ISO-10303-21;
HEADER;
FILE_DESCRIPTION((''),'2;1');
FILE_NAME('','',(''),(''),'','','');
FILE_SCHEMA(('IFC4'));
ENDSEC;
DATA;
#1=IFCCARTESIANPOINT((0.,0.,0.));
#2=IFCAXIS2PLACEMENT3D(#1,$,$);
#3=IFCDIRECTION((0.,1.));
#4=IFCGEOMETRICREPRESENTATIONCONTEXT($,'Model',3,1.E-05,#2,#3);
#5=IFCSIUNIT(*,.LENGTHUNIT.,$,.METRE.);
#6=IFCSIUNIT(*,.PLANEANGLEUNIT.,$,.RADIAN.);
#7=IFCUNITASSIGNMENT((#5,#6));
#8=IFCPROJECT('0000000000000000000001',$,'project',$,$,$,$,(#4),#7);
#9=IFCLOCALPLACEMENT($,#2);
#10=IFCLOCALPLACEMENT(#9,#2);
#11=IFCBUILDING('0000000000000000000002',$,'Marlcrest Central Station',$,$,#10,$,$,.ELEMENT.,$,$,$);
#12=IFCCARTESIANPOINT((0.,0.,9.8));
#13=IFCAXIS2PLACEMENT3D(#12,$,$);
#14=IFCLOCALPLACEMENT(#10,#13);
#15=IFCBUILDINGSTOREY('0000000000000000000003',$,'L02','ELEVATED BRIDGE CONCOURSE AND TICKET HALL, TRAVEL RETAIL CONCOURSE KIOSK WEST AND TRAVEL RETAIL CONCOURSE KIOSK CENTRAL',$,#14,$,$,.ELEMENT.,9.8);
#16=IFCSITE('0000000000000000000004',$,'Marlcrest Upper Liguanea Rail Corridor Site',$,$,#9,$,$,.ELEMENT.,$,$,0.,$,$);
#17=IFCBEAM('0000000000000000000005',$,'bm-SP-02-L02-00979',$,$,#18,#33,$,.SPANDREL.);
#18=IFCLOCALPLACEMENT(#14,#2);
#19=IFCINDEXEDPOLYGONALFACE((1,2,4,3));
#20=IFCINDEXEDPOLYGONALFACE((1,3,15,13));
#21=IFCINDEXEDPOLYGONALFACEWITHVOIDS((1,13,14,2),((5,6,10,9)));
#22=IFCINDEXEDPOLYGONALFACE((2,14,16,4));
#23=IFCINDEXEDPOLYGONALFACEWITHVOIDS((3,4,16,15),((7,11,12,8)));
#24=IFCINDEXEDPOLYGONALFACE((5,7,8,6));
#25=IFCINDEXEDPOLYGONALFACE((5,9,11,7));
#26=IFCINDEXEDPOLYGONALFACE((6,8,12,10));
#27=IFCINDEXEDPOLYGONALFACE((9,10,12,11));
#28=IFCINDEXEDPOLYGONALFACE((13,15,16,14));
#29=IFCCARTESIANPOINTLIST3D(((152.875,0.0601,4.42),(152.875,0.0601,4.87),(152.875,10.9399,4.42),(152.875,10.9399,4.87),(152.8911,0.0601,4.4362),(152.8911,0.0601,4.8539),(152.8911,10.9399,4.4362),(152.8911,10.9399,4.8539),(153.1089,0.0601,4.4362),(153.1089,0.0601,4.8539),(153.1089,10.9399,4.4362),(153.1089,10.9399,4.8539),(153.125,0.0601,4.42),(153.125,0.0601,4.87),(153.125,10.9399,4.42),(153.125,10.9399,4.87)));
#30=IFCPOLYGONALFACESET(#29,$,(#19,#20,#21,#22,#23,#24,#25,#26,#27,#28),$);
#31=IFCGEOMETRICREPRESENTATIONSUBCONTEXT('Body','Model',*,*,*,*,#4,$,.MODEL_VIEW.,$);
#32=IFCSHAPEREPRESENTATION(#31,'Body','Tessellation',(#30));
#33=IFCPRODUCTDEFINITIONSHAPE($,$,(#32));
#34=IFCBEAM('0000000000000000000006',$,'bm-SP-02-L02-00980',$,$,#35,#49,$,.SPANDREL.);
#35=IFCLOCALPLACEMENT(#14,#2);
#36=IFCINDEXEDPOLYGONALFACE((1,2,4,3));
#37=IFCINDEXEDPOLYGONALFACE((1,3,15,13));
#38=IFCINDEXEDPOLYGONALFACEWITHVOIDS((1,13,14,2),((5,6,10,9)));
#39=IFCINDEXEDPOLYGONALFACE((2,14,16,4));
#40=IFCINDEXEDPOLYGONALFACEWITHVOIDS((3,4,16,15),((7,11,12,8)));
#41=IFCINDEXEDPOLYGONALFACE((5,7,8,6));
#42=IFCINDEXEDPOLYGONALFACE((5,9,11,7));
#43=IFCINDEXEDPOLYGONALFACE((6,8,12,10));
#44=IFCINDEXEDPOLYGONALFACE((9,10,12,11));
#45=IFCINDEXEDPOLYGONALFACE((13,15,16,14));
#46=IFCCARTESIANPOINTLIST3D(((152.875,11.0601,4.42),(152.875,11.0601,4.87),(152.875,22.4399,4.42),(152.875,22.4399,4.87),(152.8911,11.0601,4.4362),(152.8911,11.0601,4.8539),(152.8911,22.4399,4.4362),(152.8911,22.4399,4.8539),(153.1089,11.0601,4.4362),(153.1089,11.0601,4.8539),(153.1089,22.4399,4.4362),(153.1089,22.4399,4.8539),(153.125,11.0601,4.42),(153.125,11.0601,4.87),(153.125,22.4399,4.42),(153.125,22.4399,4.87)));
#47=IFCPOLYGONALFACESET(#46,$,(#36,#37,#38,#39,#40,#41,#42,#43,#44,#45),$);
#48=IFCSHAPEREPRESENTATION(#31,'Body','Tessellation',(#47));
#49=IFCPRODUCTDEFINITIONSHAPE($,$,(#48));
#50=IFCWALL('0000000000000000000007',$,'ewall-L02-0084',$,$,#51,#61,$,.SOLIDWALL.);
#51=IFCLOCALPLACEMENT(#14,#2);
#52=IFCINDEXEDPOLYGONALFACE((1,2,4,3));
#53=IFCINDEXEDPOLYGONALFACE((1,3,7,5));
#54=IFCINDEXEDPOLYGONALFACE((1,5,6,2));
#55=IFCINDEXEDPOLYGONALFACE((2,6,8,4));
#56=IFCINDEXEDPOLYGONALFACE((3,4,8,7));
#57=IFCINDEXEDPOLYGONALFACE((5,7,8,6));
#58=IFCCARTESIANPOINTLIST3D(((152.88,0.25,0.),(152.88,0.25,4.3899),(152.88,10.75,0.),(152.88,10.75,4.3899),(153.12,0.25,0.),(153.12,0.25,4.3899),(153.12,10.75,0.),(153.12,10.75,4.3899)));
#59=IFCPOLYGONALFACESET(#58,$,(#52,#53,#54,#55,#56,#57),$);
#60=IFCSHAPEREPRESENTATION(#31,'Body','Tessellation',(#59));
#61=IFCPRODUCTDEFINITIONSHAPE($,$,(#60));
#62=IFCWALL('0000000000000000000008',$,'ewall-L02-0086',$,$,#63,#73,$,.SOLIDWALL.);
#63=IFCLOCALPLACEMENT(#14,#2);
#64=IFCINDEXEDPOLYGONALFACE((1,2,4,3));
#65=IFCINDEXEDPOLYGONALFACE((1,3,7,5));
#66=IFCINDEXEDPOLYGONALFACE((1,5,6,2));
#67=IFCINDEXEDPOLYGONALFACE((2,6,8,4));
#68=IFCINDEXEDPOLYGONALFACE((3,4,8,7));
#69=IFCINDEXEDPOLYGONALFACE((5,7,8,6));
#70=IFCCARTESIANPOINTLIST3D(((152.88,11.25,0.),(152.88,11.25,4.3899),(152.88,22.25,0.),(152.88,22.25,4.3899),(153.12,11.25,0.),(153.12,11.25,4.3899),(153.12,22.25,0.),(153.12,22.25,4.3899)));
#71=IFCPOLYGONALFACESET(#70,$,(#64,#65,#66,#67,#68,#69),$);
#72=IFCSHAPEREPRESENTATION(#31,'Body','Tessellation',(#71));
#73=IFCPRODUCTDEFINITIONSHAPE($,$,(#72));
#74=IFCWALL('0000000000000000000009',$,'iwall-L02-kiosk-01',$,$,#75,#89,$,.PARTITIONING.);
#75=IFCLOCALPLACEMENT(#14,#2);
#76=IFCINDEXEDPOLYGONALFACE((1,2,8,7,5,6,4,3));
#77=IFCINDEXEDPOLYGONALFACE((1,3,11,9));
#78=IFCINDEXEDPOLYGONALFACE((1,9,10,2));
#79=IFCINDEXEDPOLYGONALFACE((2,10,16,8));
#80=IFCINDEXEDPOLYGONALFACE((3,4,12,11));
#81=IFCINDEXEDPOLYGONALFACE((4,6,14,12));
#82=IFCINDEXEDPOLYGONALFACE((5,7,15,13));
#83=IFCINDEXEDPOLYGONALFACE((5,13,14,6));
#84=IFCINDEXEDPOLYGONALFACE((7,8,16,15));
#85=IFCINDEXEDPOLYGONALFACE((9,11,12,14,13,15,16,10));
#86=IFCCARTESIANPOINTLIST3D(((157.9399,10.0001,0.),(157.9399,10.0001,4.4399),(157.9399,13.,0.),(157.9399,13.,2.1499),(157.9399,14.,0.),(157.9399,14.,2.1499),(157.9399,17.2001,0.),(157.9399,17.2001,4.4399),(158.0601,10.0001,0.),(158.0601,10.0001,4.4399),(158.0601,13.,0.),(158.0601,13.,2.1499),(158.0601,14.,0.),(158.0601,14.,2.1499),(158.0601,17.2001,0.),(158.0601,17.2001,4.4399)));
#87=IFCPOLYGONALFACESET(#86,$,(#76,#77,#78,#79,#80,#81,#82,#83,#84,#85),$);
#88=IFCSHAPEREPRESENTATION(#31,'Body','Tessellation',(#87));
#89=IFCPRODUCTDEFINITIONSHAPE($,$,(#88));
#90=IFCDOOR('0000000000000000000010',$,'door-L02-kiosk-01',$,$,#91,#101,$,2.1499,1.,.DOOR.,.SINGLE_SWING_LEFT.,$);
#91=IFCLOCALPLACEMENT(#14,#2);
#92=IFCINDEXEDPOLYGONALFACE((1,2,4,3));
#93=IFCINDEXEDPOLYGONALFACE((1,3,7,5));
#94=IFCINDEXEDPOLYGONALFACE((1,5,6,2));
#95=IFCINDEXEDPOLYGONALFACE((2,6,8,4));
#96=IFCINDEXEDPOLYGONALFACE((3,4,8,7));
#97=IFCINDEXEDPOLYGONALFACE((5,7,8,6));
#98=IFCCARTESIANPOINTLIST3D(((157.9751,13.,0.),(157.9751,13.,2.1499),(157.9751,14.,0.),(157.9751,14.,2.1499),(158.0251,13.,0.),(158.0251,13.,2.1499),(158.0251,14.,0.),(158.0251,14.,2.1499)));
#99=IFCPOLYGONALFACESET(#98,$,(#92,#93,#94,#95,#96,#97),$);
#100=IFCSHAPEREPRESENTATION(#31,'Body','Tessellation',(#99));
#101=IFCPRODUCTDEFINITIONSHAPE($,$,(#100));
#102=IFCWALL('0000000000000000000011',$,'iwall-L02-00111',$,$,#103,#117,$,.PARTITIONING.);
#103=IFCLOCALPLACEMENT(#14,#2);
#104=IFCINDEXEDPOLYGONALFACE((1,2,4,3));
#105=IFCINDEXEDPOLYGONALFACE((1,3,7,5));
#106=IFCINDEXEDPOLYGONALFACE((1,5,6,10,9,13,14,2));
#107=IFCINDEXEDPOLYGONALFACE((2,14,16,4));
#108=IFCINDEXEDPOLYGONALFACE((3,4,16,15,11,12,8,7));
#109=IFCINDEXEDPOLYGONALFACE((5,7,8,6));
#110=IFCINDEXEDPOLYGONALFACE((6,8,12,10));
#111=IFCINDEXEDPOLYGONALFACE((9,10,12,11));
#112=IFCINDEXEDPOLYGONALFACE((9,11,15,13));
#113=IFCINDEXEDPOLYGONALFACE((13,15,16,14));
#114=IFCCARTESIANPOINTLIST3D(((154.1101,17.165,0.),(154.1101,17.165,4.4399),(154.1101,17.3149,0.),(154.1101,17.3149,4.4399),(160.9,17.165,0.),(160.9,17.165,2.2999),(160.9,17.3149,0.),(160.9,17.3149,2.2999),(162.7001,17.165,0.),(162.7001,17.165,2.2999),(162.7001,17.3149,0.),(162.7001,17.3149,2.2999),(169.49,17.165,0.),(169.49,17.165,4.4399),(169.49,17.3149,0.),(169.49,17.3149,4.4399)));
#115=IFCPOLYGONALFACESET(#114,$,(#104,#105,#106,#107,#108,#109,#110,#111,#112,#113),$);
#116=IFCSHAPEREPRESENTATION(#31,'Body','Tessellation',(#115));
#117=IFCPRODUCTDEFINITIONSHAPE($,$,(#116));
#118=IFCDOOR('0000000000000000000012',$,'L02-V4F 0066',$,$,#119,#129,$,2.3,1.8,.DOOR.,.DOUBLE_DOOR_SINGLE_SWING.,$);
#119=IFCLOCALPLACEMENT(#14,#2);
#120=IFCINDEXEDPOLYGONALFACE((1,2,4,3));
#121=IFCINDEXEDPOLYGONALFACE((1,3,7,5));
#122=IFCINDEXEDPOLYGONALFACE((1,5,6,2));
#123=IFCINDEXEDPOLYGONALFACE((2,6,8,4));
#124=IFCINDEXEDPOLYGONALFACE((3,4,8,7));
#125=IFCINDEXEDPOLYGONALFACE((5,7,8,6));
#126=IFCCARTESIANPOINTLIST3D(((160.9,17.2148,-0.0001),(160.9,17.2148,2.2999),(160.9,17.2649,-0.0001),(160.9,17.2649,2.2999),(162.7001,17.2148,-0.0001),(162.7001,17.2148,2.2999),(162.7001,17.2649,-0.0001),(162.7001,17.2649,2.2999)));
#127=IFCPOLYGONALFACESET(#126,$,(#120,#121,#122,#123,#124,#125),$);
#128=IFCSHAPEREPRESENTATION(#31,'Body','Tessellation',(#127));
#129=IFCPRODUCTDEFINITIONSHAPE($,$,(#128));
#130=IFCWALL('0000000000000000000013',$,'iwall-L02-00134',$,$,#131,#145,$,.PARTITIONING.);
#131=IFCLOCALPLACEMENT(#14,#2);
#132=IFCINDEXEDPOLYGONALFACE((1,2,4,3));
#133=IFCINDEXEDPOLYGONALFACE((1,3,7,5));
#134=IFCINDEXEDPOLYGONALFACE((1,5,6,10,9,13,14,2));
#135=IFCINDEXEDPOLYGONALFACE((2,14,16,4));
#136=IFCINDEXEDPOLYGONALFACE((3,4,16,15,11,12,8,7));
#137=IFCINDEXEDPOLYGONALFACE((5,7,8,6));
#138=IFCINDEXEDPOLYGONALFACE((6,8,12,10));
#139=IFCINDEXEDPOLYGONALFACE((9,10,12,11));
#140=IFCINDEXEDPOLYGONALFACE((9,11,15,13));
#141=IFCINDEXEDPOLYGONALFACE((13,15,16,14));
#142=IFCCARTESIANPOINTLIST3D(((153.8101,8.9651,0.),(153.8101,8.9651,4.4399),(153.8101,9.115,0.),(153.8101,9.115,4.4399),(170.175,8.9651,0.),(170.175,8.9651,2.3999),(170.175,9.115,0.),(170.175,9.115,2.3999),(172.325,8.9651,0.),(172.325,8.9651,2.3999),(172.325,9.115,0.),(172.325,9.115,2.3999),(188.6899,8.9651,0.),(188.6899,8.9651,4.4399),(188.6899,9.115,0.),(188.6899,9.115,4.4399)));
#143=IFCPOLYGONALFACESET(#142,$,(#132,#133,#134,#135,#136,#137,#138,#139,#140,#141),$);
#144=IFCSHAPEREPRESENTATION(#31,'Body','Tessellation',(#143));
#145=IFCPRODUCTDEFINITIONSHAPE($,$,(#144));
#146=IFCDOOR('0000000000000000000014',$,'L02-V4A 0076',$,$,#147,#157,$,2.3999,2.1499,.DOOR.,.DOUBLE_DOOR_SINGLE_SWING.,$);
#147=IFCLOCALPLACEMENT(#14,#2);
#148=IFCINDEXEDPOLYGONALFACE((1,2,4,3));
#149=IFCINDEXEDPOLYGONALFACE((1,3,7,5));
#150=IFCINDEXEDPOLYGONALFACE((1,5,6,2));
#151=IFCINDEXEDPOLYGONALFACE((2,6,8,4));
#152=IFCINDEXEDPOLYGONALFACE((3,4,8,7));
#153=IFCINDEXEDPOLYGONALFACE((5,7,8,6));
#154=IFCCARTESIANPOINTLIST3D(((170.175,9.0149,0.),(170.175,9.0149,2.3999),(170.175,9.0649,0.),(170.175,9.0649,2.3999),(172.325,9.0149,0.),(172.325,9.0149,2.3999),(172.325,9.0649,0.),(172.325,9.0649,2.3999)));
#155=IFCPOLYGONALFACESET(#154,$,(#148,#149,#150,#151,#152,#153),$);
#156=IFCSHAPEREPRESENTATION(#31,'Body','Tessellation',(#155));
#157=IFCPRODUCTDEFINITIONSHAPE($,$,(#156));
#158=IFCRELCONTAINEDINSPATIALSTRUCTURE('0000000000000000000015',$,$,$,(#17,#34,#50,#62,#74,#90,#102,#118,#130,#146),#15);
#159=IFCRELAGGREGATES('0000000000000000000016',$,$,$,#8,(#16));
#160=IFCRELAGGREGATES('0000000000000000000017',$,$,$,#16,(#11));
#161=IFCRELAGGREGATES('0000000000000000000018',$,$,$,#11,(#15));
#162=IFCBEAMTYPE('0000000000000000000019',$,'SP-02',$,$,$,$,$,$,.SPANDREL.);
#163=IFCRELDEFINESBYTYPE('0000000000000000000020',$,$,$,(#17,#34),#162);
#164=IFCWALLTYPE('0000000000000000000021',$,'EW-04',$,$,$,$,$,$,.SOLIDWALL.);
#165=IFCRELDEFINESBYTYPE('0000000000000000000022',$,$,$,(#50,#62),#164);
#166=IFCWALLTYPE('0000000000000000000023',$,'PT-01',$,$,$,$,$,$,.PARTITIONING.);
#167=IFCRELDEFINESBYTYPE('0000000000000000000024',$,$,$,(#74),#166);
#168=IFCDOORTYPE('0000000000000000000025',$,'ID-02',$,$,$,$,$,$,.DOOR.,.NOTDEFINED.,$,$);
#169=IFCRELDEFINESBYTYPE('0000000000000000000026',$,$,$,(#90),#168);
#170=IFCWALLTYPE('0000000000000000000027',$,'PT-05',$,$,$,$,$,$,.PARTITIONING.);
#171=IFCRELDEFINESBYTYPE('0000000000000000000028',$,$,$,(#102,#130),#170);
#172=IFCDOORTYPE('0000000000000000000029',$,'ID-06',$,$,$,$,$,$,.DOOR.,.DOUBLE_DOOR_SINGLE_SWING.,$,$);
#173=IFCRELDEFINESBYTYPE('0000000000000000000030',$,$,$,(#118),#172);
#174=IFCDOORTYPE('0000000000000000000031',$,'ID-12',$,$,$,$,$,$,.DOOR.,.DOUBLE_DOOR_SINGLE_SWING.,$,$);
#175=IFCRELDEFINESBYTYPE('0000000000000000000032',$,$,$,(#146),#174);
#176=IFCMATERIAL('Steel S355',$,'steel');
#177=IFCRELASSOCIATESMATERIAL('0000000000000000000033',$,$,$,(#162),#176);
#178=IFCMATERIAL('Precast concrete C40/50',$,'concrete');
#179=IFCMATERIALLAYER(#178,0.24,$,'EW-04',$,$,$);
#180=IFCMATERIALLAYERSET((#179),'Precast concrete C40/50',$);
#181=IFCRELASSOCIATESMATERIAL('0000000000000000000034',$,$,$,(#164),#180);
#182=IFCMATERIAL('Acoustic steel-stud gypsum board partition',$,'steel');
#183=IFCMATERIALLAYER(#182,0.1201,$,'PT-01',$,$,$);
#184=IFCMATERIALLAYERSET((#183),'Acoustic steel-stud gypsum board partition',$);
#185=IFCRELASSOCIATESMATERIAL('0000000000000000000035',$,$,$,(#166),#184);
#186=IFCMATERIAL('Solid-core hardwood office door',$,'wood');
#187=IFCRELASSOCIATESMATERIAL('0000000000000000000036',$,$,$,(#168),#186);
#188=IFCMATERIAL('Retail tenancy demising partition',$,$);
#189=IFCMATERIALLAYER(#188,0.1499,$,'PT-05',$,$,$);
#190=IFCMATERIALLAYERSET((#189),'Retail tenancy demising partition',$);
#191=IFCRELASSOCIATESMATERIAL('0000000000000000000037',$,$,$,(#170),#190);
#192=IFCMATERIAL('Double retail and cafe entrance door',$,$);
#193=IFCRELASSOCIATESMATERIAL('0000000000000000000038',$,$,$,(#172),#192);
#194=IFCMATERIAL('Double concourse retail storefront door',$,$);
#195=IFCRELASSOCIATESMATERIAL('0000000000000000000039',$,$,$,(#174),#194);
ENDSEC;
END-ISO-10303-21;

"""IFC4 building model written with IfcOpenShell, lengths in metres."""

from ifc_helpers import new_model, si_unit, direction, frame, frame_2d, origin, origin_2d, place, context, subcontext, project, spatial, rectangle, hollow_rectangle, extrude, material, layer, layer_set, material_profile, profile_set, type_object, element, fill, save


model = new_model("IFC4")

# Units and contexts
model_context = context("Model", 3, precision=1e-05, world=origin(), true_north=direction((0.0, 1.0)))
body_context = subcontext(model_context, "Body", "Model", "MODEL_VIEW")
ifc_project = project(units=[si_unit("LENGTHUNIT", "METRE"), si_unit("PLANEANGLEUNIT", "RADIAN")], contexts=[model_context])

# Site, building, storey
site_placement = place(None, origin())
site = spatial("IfcSite", under=ifc_project, at=site_placement, Name="Marlcrest Upper Liguanea Rail Corridor Site", CompositionType="ELEMENT", RefElevation=0.0)
building_placement = place(site_placement, origin())
building = spatial("IfcBuilding", under=site, at=building_placement, Name="Marlcrest Central Station", CompositionType="ELEMENT")
storey_placement = place(building_placement, frame((0.0, 0.0, 9.8)))
storey = spatial("IfcBuildingStorey", under=building, at=storey_placement, Name="L02", Description="ELEVATED BRIDGE CONCOURSE AND TICKET HALL, TRAVEL RETAIL CONCOURSE KIOSK WEST AND TRAVEL RETAIL CONCOURSE KIOSK CENTRAL", CompositionType="ELEMENT", Elevation=9.8)

# Beams
ifc_material_1 = material(Name="Steel S355", Category="steel")
ifc_material_profile_1 = material_profile(ifc_material_1, hollow_rectangle(XDim=0.25, YDim=0.45, WallThickness=0.0161, at=origin_2d()), Name="RHS 450x250x16")
ifc_profile_set_1 = profile_set([ifc_material_profile_1], Name="Steel S355")
beam_type_1 = type_object("IfcBeamType", Name="SP-02", PredefinedType="SPANDREL", material=ifc_profile_set_1)
beam_1_placement = place(storey_placement, frame((153.0, 0.0601, 4.645), z_axis=(0.0, 1.0, 0.0), x_axis=(-1.0, 0.0, 0.0)))
element("IfcBeam", 1, at=beam_1_placement, inside=storey, type_object=beam_type_1, Name="bm-SP-02-L02-00979", PredefinedType="SPANDREL", context=body_context, shape_type="SweptSolid", body=[
    extrude(hollow_rectangle(XDim=0.25, YDim=0.45, WallThickness=0.0161, at=origin_2d()), origin(), (0.0, 0.0, 1.0), 10.8799),
])
beam_2_placement = place(storey_placement, frame((153.0, 11.0601, 4.645), z_axis=(0.0, 1.0, 0.0), x_axis=(-1.0, 0.0, 0.0)))
element("IfcBeam", 2, at=beam_2_placement, inside=storey, type_object=beam_type_1, Name="bm-SP-02-L02-00980", PredefinedType="SPANDREL", context=body_context, shape_type="SweptSolid", body=[
    extrude(hollow_rectangle(XDim=0.25, YDim=0.45, WallThickness=0.0161, at=origin_2d()), origin(), (0.0, 0.0, 1.0), 11.3799),
])

# Walls
ifc_material_2 = material(Name="Precast concrete C40/50", Category="concrete")
ifc_layer_1 = layer(ifc_material_2, 0.24, Name="EW-04")
ifc_layer_set_1 = layer_set([ifc_layer_1], Name="Precast concrete C40/50")
wall_type_1 = type_object("IfcWallType", Name="EW-04", PredefinedType="SOLIDWALL", material=ifc_layer_set_1)
wall_1_placement = place(storey_placement, frame((153.0, 0.25, 0.0), z_axis=(0.0, 0.0, 1.0), x_axis=(0.0, 1.0, 0.0)))
element("IfcWall", 3, at=wall_1_placement, inside=storey, type_object=wall_type_1, Name="ewall-L02-0084", PredefinedType="SOLIDWALL", context=body_context, shape_type="SweptSolid", body=[
    extrude(rectangle(XDim=10.5, YDim=0.24, at=frame_2d((5.25, 0.0))), origin(), (0.0, 0.0, 1.0), 4.3899),
])
wall_2_placement = place(storey_placement, frame((153.0, 11.25, 0.0), z_axis=(0.0, 0.0, 1.0), x_axis=(0.0, 1.0, 0.0)))
element("IfcWall", 4, at=wall_2_placement, inside=storey, type_object=wall_type_1, Name="ewall-L02-0086", PredefinedType="SOLIDWALL", context=body_context, shape_type="SweptSolid", body=[
    extrude(rectangle(XDim=11.0, YDim=0.24, at=frame_2d((5.5, 0.0))), origin(), (0.0, 0.0, 1.0), 4.3899),
])

# Walls, openings, doors
ifc_material_3 = material(Name="Acoustic steel-stud gypsum board partition", Category="steel")
ifc_layer_2 = layer(ifc_material_3, 0.1201, Name="PT-01")
ifc_layer_set_2 = layer_set([ifc_layer_2], Name="Acoustic steel-stud gypsum board partition")
wall_type_2 = type_object("IfcWallType", Name="PT-01", PredefinedType="PARTITIONING", material=ifc_layer_set_2)
wall_3_placement = place(storey_placement, frame((158.0, 10.0, 0.0), z_axis=(0.0, 0.0, 1.0), x_axis=(0.0, 1.0, 0.0)))
wall_3 = element("IfcWall", 5, at=wall_3_placement, inside=storey, type_object=wall_type_2, Name="iwall-L02-kiosk-01", PredefinedType="PARTITIONING", context=body_context, shape_type="SweptSolid", body=[
    extrude(rectangle(XDim=7.2, YDim=0.1201, at=frame_2d((3.6001, 0.0))), origin(), (0.0, 0.0, 1.0), 4.4399),
])
opening_1_placement = place(wall_3_placement, frame((3.0, 0.0, 0.0)))
opening_1 = element("IfcOpeningElement", 6, at=opening_1_placement, cuts=wall_3, PredefinedType="OPENING", context=body_context, shape_type="SweptSolid", body=[
    extrude(rectangle(XDim=1.0, YDim=2.1499, at=frame_2d((0.5, 1.075))), frame((0.0, 0.0701, 0.0), z_axis=(0.0, -1.0, 0.0), x_axis=(1.0, 0.0, 0.0)), (0.0, 0.0, 1.0), 0.1401),
])
ifc_material_4 = material(Name="Solid-core hardwood office door", Category="wood")
door_type_1 = type_object("IfcDoorType", Name="ID-02", OperationType="NOTDEFINED", PredefinedType="DOOR", material=ifc_material_4)
door_1_placement = place(opening_1_placement, origin())
door_1 = element("IfcDoor", 7, at=door_1_placement, inside=storey, type_object=door_type_1, Name="door-L02-kiosk-01", OperationType="SINGLE_SWING_LEFT", OverallHeight=2.1499, OverallWidth=1.0, PredefinedType="DOOR", context=body_context, shape_type="SweptSolid", body=[
    extrude(rectangle(XDim=1.0, YDim=2.1499, at=frame_2d((0.5, 1.075))), frame((0.0, 0.0249, 0.0), z_axis=(0.0, -1.0, 0.0), x_axis=(1.0, 0.0, 0.0)), (0.0, 0.0, 1.0), 0.05),
])
fill(opening_1, door_1)
ifc_material_5 = material(Name="Retail tenancy demising partition")
ifc_layer_3 = layer(ifc_material_5, 0.1499, Name="PT-05")
ifc_layer_set_3 = layer_set([ifc_layer_3], Name="Retail tenancy demising partition")
wall_type_3 = type_object("IfcWallType", Name="PT-05", PredefinedType="PARTITIONING", material=ifc_layer_set_3)
wall_4_placement = place(storey_placement, frame((154.1101, 17.24, 0.0), z_axis=(0.0, 0.0, 1.0), x_axis=(1.0, 0.0, 0.0)))
wall_4 = element("IfcWall", 8, at=wall_4_placement, inside=storey, type_object=wall_type_3, Name="iwall-L02-00111", PredefinedType="PARTITIONING", context=body_context, shape_type="SweptSolid", body=[
    extrude(rectangle(XDim=15.3799, YDim=0.1499, at=frame_2d((7.6899, 0.0))), origin(), (0.0, 0.0, 1.0), 4.4399),
])
opening_2_placement = place(wall_4_placement, frame((6.79, 0.0, 0.0)))
opening_2 = element("IfcOpeningElement", 9, at=opening_2_placement, cuts=wall_4, PredefinedType="OPENING", context=body_context, shape_type="SweptSolid", body=[
    extrude(rectangle(XDim=1.8, YDim=2.3, at=frame_2d((0.8999, 1.1499))), frame((0.0, 0.085, 0.0), z_axis=(0.0, -1.0, 0.0), x_axis=(1.0, 0.0, 0.0)), (0.0, 0.0, 1.0), 0.1699),
])
ifc_material_6 = material(Name="Double retail and cafe entrance door")
door_type_2 = type_object("IfcDoorType", Name="ID-06", OperationType="DOUBLE_DOOR_SINGLE_SWING", PredefinedType="DOOR", material=ifc_material_6)
door_2_placement = place(opening_2_placement, origin())
door_2 = element("IfcDoor", 10, at=door_2_placement, inside=storey, type_object=door_type_2, Name="L02-V4F 0066", OperationType="DOUBLE_DOOR_SINGLE_SWING", OverallHeight=2.3, OverallWidth=1.8, PredefinedType="DOOR", context=body_context, shape_type="SweptSolid", body=[
    extrude(rectangle(XDim=1.8, YDim=2.3, at=frame_2d((0.8999, 1.1499))), frame((0.0, 0.0249, 0.0), z_axis=(0.0, -1.0, 0.0), x_axis=(1.0, 0.0, 0.0)), (0.0, 0.0, 1.0), 0.05),
])
fill(opening_2, door_2)
wall_5_placement = place(storey_placement, frame((153.8101, 9.04, 0.0), z_axis=(0.0, 0.0, 1.0), x_axis=(1.0, 0.0, 0.0)))
wall_5 = element("IfcWall", 11, at=wall_5_placement, inside=storey, type_object=wall_type_3, Name="iwall-L02-00134", PredefinedType="PARTITIONING", context=body_context, shape_type="SweptSolid", body=[
    extrude(rectangle(XDim=34.8799, YDim=0.1499, at=frame_2d((17.4399, 0.0))), origin(), (0.0, 0.0, 1.0), 4.4399),
])
opening_3_placement = place(wall_5_placement, frame((16.365, 0.0, 0.0)))
opening_3 = element("IfcOpeningElement", 12, at=opening_3_placement, cuts=wall_5, PredefinedType="OPENING", context=body_context, shape_type="SweptSolid", body=[
    extrude(rectangle(XDim=2.1499, YDim=2.3999, at=frame_2d((1.075, 1.2))), frame((0.0, 0.085, 0.0), z_axis=(0.0, -1.0, 0.0), x_axis=(1.0, 0.0, 0.0)), (0.0, 0.0, 1.0), 0.1699),
])
ifc_material_7 = material(Name="Double concourse retail storefront door")
door_type_3 = type_object("IfcDoorType", Name="ID-12", OperationType="DOUBLE_DOOR_SINGLE_SWING", PredefinedType="DOOR", material=ifc_material_7)
door_3_placement = place(opening_3_placement, origin())
door_3 = element("IfcDoor", 13, at=door_3_placement, inside=storey, type_object=door_type_3, Name="L02-V4A 0076", OperationType="DOUBLE_DOOR_SINGLE_SWING", OverallHeight=2.3999, OverallWidth=2.1499, PredefinedType="DOOR", context=body_context, shape_type="SweptSolid", body=[
    extrude(rectangle(XDim=2.1499, YDim=2.3999, at=frame_2d((1.075, 1.2))), frame((0.0, 0.0249, 0.0), z_axis=(0.0, -1.0, 0.0), x_axis=(1.0, 0.0, 0.0)), (0.0, 0.0, 1.0), 0.05),
])
fill(opening_3, door_3)

save(model, "model.ifc")
